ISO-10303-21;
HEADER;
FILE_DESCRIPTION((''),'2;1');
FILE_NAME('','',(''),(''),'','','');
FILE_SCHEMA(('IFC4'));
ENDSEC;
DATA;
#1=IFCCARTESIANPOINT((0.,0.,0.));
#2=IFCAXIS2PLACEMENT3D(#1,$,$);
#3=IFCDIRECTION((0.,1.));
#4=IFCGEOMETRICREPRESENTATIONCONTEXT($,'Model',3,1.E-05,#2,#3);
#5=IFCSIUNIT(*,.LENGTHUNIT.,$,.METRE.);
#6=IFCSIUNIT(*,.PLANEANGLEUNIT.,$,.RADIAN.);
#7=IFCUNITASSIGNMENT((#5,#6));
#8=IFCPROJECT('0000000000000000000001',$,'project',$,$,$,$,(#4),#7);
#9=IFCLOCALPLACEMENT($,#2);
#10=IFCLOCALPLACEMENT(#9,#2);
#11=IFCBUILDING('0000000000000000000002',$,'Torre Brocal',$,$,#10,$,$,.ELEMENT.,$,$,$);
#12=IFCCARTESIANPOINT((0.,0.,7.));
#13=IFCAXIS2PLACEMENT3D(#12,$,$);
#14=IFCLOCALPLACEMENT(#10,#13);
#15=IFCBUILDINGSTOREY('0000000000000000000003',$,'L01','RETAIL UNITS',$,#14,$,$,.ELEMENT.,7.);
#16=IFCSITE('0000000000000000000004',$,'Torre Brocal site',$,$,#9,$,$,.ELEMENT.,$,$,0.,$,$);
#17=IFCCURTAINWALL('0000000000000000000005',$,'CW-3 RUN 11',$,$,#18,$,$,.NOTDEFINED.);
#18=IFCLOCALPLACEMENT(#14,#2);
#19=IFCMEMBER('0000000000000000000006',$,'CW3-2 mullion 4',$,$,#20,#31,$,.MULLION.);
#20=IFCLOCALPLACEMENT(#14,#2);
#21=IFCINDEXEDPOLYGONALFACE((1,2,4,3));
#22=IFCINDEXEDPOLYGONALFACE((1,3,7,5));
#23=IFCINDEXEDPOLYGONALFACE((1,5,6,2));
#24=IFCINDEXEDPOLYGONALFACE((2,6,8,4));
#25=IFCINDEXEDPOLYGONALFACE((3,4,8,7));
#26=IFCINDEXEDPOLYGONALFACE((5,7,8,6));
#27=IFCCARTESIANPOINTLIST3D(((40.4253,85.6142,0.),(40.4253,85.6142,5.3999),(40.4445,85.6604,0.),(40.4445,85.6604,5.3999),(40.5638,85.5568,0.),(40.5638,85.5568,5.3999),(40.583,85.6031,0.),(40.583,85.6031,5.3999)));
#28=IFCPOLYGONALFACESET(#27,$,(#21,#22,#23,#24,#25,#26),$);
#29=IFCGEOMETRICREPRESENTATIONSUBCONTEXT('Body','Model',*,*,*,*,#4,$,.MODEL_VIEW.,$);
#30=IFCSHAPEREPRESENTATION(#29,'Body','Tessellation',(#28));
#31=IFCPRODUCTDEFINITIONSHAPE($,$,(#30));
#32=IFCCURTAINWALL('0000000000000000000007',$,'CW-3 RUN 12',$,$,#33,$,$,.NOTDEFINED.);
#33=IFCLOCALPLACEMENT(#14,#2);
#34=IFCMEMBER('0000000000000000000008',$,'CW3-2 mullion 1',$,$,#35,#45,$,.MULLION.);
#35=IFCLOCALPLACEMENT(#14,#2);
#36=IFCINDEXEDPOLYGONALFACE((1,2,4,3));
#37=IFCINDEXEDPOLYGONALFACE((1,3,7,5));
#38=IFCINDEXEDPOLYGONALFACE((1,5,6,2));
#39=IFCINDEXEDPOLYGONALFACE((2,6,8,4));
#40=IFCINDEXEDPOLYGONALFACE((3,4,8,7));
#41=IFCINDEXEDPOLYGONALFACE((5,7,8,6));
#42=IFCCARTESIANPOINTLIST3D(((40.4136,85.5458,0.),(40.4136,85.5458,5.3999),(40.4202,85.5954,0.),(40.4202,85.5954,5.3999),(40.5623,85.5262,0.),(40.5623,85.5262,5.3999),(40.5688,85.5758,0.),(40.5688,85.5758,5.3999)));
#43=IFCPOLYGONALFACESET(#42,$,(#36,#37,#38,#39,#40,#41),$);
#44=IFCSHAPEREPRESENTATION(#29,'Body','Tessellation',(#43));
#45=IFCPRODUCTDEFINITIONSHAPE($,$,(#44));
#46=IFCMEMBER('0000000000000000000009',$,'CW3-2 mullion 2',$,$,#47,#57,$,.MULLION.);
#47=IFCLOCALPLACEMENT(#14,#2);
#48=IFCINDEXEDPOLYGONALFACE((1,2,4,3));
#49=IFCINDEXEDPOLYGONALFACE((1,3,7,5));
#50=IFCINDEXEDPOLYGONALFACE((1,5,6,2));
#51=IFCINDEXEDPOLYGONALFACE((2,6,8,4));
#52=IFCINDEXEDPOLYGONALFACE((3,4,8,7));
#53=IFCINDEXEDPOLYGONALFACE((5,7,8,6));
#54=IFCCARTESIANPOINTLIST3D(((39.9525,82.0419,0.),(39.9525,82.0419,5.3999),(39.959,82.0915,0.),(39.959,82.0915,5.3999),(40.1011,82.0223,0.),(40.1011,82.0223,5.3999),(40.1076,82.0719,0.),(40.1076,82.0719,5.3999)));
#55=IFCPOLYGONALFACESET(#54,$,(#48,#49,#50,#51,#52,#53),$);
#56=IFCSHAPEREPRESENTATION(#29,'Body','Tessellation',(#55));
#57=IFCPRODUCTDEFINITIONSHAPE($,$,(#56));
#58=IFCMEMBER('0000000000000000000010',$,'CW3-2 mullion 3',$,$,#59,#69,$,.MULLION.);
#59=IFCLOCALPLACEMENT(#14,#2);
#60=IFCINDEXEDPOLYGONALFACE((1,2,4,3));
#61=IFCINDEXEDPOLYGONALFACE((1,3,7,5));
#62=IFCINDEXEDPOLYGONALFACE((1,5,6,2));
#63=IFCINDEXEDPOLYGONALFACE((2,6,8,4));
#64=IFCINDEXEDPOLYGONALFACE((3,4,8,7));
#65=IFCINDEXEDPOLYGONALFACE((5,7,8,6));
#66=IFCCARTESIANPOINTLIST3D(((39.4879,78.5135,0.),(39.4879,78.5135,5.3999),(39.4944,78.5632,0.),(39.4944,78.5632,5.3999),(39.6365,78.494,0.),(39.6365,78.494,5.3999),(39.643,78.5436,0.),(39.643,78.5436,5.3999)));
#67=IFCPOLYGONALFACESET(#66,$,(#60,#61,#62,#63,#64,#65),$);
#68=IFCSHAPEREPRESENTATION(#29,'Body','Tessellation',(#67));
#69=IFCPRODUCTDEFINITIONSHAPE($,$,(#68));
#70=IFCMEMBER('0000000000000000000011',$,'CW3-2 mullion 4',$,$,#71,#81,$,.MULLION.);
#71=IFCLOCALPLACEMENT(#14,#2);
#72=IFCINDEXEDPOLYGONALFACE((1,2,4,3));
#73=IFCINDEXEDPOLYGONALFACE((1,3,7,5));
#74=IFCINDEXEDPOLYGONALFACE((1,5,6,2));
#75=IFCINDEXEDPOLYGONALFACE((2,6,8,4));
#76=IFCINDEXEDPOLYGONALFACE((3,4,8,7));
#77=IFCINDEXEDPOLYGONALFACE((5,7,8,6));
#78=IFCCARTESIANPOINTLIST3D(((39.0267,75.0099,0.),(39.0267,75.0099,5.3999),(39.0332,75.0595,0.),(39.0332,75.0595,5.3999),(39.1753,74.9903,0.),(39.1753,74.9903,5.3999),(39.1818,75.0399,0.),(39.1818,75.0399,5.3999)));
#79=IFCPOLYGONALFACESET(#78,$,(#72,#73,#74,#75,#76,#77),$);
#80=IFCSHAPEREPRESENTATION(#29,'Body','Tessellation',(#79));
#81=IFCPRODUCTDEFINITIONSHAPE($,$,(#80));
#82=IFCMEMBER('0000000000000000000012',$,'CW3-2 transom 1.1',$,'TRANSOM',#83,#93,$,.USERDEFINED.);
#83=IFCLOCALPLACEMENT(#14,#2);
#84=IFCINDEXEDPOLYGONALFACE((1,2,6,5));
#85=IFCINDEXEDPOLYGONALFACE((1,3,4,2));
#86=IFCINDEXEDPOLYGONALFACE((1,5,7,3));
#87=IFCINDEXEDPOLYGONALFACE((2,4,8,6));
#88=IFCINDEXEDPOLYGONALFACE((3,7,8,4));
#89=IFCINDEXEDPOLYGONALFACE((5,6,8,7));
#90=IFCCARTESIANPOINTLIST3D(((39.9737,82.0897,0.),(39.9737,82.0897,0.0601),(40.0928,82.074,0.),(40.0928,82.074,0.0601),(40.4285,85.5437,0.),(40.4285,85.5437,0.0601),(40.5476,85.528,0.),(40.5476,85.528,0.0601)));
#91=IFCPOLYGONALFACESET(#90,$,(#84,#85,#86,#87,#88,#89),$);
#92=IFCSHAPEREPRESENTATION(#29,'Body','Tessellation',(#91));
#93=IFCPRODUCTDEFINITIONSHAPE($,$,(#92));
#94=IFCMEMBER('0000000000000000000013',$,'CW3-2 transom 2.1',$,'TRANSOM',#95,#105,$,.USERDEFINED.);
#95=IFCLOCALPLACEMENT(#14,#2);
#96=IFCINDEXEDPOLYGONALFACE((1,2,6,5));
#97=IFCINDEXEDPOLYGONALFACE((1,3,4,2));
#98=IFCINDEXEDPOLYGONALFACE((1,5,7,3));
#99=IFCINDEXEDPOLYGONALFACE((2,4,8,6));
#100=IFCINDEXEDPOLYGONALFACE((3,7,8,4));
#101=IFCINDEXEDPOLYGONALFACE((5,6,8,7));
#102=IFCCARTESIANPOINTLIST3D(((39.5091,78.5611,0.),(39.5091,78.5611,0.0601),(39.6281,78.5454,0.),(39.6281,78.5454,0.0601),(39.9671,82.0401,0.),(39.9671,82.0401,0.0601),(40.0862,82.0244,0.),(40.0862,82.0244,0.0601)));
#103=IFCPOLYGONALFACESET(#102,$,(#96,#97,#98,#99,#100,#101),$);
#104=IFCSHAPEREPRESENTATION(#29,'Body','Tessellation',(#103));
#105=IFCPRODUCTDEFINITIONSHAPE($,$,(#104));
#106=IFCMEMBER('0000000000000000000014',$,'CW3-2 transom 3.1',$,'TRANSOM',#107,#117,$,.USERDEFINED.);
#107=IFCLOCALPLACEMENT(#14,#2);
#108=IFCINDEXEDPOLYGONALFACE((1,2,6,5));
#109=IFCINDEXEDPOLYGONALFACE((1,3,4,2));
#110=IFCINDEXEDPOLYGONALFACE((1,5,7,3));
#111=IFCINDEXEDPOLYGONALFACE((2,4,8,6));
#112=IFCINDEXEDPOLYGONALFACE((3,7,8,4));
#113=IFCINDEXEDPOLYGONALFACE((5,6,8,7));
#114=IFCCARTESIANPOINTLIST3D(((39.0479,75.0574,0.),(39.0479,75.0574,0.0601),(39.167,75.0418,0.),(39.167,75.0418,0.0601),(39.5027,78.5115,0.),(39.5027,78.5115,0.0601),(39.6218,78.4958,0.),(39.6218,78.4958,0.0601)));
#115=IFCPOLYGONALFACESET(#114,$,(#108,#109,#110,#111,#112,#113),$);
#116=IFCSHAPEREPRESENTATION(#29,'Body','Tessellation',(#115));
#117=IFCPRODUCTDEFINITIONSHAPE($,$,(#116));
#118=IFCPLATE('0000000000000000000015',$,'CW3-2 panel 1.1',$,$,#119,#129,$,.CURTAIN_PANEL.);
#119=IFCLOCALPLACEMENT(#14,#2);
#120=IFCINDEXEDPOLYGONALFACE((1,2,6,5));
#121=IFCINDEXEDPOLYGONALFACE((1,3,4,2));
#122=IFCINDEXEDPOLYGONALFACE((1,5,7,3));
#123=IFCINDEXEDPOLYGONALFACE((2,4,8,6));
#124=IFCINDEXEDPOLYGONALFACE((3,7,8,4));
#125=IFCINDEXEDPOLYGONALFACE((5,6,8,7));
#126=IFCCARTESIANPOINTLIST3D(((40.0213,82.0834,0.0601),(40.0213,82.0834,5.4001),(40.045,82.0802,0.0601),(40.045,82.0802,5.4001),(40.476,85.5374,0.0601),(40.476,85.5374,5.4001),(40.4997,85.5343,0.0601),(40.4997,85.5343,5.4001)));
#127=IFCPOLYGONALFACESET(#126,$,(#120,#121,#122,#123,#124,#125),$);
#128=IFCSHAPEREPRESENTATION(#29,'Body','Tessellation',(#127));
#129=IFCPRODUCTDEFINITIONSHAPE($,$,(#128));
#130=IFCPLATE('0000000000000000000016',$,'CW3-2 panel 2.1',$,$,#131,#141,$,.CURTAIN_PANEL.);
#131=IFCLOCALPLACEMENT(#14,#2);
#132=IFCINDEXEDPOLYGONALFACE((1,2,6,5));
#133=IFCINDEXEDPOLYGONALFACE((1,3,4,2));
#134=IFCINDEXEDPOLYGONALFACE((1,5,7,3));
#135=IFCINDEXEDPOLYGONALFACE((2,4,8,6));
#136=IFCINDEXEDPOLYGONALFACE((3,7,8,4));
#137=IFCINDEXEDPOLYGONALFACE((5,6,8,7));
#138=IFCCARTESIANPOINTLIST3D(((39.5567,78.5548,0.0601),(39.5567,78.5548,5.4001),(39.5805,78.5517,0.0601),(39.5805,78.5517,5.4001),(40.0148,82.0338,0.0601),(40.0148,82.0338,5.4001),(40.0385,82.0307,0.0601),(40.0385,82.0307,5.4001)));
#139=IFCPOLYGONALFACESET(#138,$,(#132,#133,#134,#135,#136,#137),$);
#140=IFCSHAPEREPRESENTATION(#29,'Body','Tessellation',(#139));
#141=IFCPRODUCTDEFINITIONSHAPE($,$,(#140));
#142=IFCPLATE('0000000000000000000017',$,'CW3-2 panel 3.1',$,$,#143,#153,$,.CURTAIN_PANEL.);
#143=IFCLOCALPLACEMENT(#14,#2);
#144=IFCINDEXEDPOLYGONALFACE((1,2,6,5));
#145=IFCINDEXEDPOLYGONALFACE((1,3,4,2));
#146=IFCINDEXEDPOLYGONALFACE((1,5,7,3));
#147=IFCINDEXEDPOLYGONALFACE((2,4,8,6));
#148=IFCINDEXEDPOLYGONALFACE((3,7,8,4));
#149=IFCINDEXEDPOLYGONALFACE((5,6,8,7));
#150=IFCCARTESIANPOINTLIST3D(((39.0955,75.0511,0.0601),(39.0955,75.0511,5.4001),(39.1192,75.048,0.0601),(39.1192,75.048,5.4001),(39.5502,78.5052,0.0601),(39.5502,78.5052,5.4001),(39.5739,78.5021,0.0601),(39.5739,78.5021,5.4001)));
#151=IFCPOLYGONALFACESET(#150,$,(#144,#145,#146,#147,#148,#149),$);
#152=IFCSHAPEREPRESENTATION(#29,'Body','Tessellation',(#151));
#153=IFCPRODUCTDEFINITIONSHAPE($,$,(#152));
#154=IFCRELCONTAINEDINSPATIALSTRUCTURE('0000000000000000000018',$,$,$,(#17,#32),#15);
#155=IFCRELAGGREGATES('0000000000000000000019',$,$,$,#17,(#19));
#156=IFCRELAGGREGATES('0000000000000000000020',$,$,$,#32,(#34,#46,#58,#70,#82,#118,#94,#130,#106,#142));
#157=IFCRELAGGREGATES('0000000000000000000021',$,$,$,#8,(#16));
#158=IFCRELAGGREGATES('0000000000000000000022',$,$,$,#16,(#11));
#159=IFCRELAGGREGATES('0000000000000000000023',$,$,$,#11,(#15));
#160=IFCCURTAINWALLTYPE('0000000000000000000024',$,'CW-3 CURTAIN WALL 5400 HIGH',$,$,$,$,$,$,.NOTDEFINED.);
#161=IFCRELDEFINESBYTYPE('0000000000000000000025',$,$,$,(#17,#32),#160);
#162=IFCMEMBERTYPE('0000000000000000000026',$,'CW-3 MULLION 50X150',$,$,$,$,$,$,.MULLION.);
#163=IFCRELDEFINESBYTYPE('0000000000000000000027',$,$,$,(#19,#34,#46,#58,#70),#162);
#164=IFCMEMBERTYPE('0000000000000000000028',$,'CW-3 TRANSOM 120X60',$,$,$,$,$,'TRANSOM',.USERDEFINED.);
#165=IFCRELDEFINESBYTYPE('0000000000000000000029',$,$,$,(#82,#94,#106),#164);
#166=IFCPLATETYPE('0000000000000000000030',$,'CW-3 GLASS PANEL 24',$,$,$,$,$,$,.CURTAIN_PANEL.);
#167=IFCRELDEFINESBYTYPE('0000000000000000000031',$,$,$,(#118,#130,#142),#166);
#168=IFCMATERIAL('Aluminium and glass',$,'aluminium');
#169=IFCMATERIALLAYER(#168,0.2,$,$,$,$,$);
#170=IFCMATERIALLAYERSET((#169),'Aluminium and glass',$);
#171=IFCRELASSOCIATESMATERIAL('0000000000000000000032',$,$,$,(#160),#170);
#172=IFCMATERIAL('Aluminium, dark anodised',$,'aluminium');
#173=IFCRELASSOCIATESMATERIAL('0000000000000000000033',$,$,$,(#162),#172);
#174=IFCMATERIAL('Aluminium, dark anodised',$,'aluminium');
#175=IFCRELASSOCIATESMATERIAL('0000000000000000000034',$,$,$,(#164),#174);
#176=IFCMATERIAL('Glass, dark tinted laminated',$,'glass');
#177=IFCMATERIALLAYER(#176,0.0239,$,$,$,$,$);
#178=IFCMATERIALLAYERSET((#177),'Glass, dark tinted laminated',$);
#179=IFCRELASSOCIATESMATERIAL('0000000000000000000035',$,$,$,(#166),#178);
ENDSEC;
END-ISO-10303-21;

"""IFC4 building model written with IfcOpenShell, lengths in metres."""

from ifc_helpers import new_model, si_unit, direction, frame, origin, origin_2d, place, context, subcontext, project, spatial, rectangle, extrude, material, layer, layer_set, material_profile, profile_set, type_object, element, aggregate, save


model = new_model("IFC4")

# Units and contexts
model_context = context("Model", 3, precision=1e-05, world=origin(), true_north=direction((0.0, 1.0)))
body_context = subcontext(model_context, "Body", "Model", "MODEL_VIEW")
ifc_project = project(units=[si_unit("LENGTHUNIT", "METRE"), si_unit("PLANEANGLEUNIT", "RADIAN")], contexts=[model_context])

# Site, building, storey
site_placement = place(None, origin())
site = spatial("IfcSite", under=ifc_project, at=site_placement, Name="Torre Brocal site", CompositionType="ELEMENT", RefElevation=0.0)
building_placement = place(site_placement, origin())
building = spatial("IfcBuilding", under=site, at=building_placement, Name="Torre Brocal", CompositionType="ELEMENT")
storey_placement = place(building_placement, frame((0.0, 0.0, 7.0)))
storey = spatial("IfcBuildingStorey", under=building, at=storey_placement, Name="L01", Description="RETAIL UNITS", CompositionType="ELEMENT", Elevation=7.0)

# Curtain wall, member
ifc_material_1 = material(Name="Aluminium and glass", Category="aluminium")
ifc_layer_1 = layer(ifc_material_1, 0.2)
ifc_layer_set_1 = layer_set([ifc_layer_1], Name="Aluminium and glass")
curtain_wall_type = type_object("IfcCurtainWallType", Name="CW-3 CURTAIN WALL 5400 HIGH", PredefinedType="NOTDEFINED", material=ifc_layer_set_1)
curtain_wall_1_placement = place(storey_placement, origin())
curtain_wall_1 = element("IfcCurtainWall", 1, at=curtain_wall_1_placement, inside=storey, type_object=curtain_wall_type, Name="CW-3 RUN 11", PredefinedType="NOTDEFINED")
ifc_material_2 = material(Name="Aluminium, dark anodised", Category="aluminium")
ifc_material_profile_1 = material_profile(ifc_material_2, rectangle(XDim=0.1499, YDim=0.05, at=origin_2d()), Name="CW-3 MULLION 50X150")
ifc_profile_set_1 = profile_set([ifc_material_profile_1], Name="Aluminium, dark anodised")
member_type_1 = type_object("IfcMemberType", Name="CW-3 MULLION 50X150", PredefinedType="MULLION", material=ifc_profile_set_1)
member_1_placement = place(storey_placement, frame((40.5042, 85.6086, 0.0), z_axis=(0.0, 0.0, 1.0), x_axis=(0.92388, -0.382683, 0.0)))
member_1 = element("IfcMember", 2, at=member_1_placement, type_object=member_type_1, Name="CW3-2 mullion 4", PredefinedType="MULLION", context=body_context, shape_type="SweptSolid", body=[
    extrude(rectangle(XDim=0.1499, YDim=0.05, at=origin_2d()), origin(), (0.0, 0.0, 1.0), 5.3999),
])
aggregate(curtain_wall_1, [member_1])

# Curtain wall, members, plates
curtain_wall_2_placement = place(storey_placement, origin())
curtain_wall_2 = element("IfcCurtainWall", 3, at=curtain_wall_2_placement, inside=storey, type_object=curtain_wall_type, Name="CW-3 RUN 12", PredefinedType="NOTDEFINED")
member_2_placement = place(storey_placement, frame((40.4912, 85.5608, 0.0), z_axis=(0.0, 0.0, 1.0), x_axis=(0.991445, -0.130526, 0.0)))
member_2 = element("IfcMember", 4, at=member_2_placement, type_object=member_type_1, Name="CW3-2 mullion 1", PredefinedType="MULLION", context=body_context, shape_type="SweptSolid", body=[
    extrude(rectangle(XDim=0.1499, YDim=0.05, at=origin_2d()), origin(), (0.0, 0.0, 1.0), 5.3999),
])
member_3_placement = place(storey_placement, frame((40.03, 82.0569, 0.0), z_axis=(0.0, 0.0, 1.0), x_axis=(0.991445, -0.130526, 0.0)))
member_3 = element("IfcMember", 5, at=member_3_placement, type_object=member_type_1, Name="CW3-2 mullion 2", PredefinedType="MULLION", context=body_context, shape_type="SweptSolid", body=[
    extrude(rectangle(XDim=0.1499, YDim=0.05, at=origin_2d()), origin(), (0.0, 0.0, 1.0), 5.3999),
])
member_4_placement = place(storey_placement, frame((39.5654, 78.5286, 0.0), z_axis=(0.0, 0.0, 1.0), x_axis=(0.991445, -0.130526, 0.0)))
member_4 = element("IfcMember", 6, at=member_4_placement, type_object=member_type_1, Name="CW3-2 mullion 3", PredefinedType="MULLION", context=body_context, shape_type="SweptSolid", body=[
    extrude(rectangle(XDim=0.1499, YDim=0.05, at=origin_2d()), origin(), (0.0, 0.0, 1.0), 5.3999),
])
member_5_placement = place(storey_placement, frame((39.1042, 75.0249, 0.0), z_axis=(0.0, 0.0, 1.0), x_axis=(0.991445, -0.130526, 0.0)))
member_5 = element("IfcMember", 7, at=member_5_placement, type_object=member_type_1, Name="CW3-2 mullion 4", PredefinedType="MULLION", context=body_context, shape_type="SweptSolid", body=[
    extrude(rectangle(XDim=0.1499, YDim=0.05, at=origin_2d()), origin(), (0.0, 0.0, 1.0), 5.3999),
])
ifc_material_3 = material(Name="Aluminium, dark anodised", Category="aluminium")
ifc_material_profile_2 = material_profile(ifc_material_3, rectangle(XDim=0.1201, YDim=0.0601, at=origin_2d()), Name="CW-3 TRANSOM 120X60")
ifc_profile_set_2 = profile_set([ifc_material_profile_2], Name="Aluminium, dark anodised")
member_type_2 = type_object("IfcMemberType", Name="CW-3 TRANSOM 120X60", ElementType="TRANSOM", PredefinedType="USERDEFINED", material=ifc_profile_set_2)
member_6_placement = place(storey_placement, frame((40.488, 85.5359, 0.03), z_axis=(-0.130552, -0.991441, 0.0), x_axis=(0.991441, -0.130552, 0.0)))
member_6 = element("IfcMember", 8, at=member_6_placement, type_object=member_type_2, Name="CW3-2 transom 1.1", ObjectType="TRANSOM", PredefinedType="USERDEFINED", context=body_context, shape_type="SweptSolid", body=[
    extrude(rectangle(XDim=0.1201, YDim=0.0601, at=origin_2d()), origin(), (0.0, 0.0, 1.0), 3.4839),
])
member_7_placement = place(storey_placement, frame((40.0266, 82.0322, 0.03), z_axis=(-0.130523, -0.991445, 0.0), x_axis=(0.991445, -0.130523, 0.0)))
member_7 = element("IfcMember", 9, at=member_7_placement, type_object=member_type_2, Name="CW3-2 transom 2.1", ObjectType="TRANSOM", PredefinedType="USERDEFINED", context=body_context, shape_type="SweptSolid", body=[
    extrude(rectangle(XDim=0.1201, YDim=0.0601, at=origin_2d()), origin(), (0.0, 0.0, 1.0), 3.509),
])
member_8_placement = place(storey_placement, frame((39.5623, 78.5037, 0.03), z_axis=(-0.130552, -0.991441, 0.0), x_axis=(0.991441, -0.130552, 0.0)))
member_8 = element("IfcMember", 10, at=member_8_placement, type_object=member_type_2, Name="CW3-2 transom 3.1", ObjectType="TRANSOM", PredefinedType="USERDEFINED", context=body_context, shape_type="SweptSolid", body=[
    extrude(rectangle(XDim=0.1201, YDim=0.0601, at=origin_2d()), origin(), (0.0, 0.0, 1.0), 3.4839),
])
ifc_material_4 = material(Name="Glass, dark tinted laminated", Category="glass")
ifc_layer_2 = layer(ifc_material_4, 0.0239)
ifc_layer_set_2 = layer_set([ifc_layer_2], Name="Glass, dark tinted laminated")
plate_type = type_object("IfcPlateType", Name="CW-3 GLASS PANEL 24", PredefinedType="CURTAIN_PANEL", material=ifc_layer_set_2)
plate_1_placement = place(storey_placement, frame((40.2605, 83.8088, 0.0601), z_axis=(0.0, 0.0, 1.0), x_axis=(-0.130526, -0.991445, 0.0)))
plate_1 = element("IfcPlate", 11, at=plate_1_placement, type_object=plate_type, Name="CW3-2 panel 1.1", PredefinedType="CURTAIN_PANEL", context=body_context, shape_type="SweptSolid", body=[
    extrude(rectangle(XDim=3.4839, YDim=0.0239, at=origin_2d()), origin(), (0.0, 0.0, 1.0), 5.3401),
])
plate_2_placement = place(storey_placement, frame((39.7976, 80.2927, 0.0601), z_axis=(0.0, 0.0, 1.0), x_axis=(-0.130526, -0.991445, 0.0)))
plate_2 = element("IfcPlate", 12, at=plate_2_placement, type_object=plate_type, Name="CW3-2 panel 2.1", PredefinedType="CURTAIN_PANEL", context=body_context, shape_type="SweptSolid", body=[
    extrude(rectangle(XDim=3.509, YDim=0.0239, at=origin_2d()), origin(), (0.0, 0.0, 1.0), 5.3401),
])
plate_3_placement = place(storey_placement, frame((39.3347, 76.7766, 0.0601), z_axis=(0.0, 0.0, 1.0), x_axis=(-0.130526, -0.991445, 0.0)))
plate_3 = element("IfcPlate", 13, at=plate_3_placement, type_object=plate_type, Name="CW3-2 panel 3.1", PredefinedType="CURTAIN_PANEL", context=body_context, shape_type="SweptSolid", body=[
    extrude(rectangle(XDim=3.4839, YDim=0.0239, at=origin_2d()), origin(), (0.0, 0.0, 1.0), 5.3401),
])
aggregate(curtain_wall_2, [member_2, member_3, member_4, member_5, member_6, plate_1, member_7, plate_2, member_8, plate_3])

save(model, "model.ifc")
